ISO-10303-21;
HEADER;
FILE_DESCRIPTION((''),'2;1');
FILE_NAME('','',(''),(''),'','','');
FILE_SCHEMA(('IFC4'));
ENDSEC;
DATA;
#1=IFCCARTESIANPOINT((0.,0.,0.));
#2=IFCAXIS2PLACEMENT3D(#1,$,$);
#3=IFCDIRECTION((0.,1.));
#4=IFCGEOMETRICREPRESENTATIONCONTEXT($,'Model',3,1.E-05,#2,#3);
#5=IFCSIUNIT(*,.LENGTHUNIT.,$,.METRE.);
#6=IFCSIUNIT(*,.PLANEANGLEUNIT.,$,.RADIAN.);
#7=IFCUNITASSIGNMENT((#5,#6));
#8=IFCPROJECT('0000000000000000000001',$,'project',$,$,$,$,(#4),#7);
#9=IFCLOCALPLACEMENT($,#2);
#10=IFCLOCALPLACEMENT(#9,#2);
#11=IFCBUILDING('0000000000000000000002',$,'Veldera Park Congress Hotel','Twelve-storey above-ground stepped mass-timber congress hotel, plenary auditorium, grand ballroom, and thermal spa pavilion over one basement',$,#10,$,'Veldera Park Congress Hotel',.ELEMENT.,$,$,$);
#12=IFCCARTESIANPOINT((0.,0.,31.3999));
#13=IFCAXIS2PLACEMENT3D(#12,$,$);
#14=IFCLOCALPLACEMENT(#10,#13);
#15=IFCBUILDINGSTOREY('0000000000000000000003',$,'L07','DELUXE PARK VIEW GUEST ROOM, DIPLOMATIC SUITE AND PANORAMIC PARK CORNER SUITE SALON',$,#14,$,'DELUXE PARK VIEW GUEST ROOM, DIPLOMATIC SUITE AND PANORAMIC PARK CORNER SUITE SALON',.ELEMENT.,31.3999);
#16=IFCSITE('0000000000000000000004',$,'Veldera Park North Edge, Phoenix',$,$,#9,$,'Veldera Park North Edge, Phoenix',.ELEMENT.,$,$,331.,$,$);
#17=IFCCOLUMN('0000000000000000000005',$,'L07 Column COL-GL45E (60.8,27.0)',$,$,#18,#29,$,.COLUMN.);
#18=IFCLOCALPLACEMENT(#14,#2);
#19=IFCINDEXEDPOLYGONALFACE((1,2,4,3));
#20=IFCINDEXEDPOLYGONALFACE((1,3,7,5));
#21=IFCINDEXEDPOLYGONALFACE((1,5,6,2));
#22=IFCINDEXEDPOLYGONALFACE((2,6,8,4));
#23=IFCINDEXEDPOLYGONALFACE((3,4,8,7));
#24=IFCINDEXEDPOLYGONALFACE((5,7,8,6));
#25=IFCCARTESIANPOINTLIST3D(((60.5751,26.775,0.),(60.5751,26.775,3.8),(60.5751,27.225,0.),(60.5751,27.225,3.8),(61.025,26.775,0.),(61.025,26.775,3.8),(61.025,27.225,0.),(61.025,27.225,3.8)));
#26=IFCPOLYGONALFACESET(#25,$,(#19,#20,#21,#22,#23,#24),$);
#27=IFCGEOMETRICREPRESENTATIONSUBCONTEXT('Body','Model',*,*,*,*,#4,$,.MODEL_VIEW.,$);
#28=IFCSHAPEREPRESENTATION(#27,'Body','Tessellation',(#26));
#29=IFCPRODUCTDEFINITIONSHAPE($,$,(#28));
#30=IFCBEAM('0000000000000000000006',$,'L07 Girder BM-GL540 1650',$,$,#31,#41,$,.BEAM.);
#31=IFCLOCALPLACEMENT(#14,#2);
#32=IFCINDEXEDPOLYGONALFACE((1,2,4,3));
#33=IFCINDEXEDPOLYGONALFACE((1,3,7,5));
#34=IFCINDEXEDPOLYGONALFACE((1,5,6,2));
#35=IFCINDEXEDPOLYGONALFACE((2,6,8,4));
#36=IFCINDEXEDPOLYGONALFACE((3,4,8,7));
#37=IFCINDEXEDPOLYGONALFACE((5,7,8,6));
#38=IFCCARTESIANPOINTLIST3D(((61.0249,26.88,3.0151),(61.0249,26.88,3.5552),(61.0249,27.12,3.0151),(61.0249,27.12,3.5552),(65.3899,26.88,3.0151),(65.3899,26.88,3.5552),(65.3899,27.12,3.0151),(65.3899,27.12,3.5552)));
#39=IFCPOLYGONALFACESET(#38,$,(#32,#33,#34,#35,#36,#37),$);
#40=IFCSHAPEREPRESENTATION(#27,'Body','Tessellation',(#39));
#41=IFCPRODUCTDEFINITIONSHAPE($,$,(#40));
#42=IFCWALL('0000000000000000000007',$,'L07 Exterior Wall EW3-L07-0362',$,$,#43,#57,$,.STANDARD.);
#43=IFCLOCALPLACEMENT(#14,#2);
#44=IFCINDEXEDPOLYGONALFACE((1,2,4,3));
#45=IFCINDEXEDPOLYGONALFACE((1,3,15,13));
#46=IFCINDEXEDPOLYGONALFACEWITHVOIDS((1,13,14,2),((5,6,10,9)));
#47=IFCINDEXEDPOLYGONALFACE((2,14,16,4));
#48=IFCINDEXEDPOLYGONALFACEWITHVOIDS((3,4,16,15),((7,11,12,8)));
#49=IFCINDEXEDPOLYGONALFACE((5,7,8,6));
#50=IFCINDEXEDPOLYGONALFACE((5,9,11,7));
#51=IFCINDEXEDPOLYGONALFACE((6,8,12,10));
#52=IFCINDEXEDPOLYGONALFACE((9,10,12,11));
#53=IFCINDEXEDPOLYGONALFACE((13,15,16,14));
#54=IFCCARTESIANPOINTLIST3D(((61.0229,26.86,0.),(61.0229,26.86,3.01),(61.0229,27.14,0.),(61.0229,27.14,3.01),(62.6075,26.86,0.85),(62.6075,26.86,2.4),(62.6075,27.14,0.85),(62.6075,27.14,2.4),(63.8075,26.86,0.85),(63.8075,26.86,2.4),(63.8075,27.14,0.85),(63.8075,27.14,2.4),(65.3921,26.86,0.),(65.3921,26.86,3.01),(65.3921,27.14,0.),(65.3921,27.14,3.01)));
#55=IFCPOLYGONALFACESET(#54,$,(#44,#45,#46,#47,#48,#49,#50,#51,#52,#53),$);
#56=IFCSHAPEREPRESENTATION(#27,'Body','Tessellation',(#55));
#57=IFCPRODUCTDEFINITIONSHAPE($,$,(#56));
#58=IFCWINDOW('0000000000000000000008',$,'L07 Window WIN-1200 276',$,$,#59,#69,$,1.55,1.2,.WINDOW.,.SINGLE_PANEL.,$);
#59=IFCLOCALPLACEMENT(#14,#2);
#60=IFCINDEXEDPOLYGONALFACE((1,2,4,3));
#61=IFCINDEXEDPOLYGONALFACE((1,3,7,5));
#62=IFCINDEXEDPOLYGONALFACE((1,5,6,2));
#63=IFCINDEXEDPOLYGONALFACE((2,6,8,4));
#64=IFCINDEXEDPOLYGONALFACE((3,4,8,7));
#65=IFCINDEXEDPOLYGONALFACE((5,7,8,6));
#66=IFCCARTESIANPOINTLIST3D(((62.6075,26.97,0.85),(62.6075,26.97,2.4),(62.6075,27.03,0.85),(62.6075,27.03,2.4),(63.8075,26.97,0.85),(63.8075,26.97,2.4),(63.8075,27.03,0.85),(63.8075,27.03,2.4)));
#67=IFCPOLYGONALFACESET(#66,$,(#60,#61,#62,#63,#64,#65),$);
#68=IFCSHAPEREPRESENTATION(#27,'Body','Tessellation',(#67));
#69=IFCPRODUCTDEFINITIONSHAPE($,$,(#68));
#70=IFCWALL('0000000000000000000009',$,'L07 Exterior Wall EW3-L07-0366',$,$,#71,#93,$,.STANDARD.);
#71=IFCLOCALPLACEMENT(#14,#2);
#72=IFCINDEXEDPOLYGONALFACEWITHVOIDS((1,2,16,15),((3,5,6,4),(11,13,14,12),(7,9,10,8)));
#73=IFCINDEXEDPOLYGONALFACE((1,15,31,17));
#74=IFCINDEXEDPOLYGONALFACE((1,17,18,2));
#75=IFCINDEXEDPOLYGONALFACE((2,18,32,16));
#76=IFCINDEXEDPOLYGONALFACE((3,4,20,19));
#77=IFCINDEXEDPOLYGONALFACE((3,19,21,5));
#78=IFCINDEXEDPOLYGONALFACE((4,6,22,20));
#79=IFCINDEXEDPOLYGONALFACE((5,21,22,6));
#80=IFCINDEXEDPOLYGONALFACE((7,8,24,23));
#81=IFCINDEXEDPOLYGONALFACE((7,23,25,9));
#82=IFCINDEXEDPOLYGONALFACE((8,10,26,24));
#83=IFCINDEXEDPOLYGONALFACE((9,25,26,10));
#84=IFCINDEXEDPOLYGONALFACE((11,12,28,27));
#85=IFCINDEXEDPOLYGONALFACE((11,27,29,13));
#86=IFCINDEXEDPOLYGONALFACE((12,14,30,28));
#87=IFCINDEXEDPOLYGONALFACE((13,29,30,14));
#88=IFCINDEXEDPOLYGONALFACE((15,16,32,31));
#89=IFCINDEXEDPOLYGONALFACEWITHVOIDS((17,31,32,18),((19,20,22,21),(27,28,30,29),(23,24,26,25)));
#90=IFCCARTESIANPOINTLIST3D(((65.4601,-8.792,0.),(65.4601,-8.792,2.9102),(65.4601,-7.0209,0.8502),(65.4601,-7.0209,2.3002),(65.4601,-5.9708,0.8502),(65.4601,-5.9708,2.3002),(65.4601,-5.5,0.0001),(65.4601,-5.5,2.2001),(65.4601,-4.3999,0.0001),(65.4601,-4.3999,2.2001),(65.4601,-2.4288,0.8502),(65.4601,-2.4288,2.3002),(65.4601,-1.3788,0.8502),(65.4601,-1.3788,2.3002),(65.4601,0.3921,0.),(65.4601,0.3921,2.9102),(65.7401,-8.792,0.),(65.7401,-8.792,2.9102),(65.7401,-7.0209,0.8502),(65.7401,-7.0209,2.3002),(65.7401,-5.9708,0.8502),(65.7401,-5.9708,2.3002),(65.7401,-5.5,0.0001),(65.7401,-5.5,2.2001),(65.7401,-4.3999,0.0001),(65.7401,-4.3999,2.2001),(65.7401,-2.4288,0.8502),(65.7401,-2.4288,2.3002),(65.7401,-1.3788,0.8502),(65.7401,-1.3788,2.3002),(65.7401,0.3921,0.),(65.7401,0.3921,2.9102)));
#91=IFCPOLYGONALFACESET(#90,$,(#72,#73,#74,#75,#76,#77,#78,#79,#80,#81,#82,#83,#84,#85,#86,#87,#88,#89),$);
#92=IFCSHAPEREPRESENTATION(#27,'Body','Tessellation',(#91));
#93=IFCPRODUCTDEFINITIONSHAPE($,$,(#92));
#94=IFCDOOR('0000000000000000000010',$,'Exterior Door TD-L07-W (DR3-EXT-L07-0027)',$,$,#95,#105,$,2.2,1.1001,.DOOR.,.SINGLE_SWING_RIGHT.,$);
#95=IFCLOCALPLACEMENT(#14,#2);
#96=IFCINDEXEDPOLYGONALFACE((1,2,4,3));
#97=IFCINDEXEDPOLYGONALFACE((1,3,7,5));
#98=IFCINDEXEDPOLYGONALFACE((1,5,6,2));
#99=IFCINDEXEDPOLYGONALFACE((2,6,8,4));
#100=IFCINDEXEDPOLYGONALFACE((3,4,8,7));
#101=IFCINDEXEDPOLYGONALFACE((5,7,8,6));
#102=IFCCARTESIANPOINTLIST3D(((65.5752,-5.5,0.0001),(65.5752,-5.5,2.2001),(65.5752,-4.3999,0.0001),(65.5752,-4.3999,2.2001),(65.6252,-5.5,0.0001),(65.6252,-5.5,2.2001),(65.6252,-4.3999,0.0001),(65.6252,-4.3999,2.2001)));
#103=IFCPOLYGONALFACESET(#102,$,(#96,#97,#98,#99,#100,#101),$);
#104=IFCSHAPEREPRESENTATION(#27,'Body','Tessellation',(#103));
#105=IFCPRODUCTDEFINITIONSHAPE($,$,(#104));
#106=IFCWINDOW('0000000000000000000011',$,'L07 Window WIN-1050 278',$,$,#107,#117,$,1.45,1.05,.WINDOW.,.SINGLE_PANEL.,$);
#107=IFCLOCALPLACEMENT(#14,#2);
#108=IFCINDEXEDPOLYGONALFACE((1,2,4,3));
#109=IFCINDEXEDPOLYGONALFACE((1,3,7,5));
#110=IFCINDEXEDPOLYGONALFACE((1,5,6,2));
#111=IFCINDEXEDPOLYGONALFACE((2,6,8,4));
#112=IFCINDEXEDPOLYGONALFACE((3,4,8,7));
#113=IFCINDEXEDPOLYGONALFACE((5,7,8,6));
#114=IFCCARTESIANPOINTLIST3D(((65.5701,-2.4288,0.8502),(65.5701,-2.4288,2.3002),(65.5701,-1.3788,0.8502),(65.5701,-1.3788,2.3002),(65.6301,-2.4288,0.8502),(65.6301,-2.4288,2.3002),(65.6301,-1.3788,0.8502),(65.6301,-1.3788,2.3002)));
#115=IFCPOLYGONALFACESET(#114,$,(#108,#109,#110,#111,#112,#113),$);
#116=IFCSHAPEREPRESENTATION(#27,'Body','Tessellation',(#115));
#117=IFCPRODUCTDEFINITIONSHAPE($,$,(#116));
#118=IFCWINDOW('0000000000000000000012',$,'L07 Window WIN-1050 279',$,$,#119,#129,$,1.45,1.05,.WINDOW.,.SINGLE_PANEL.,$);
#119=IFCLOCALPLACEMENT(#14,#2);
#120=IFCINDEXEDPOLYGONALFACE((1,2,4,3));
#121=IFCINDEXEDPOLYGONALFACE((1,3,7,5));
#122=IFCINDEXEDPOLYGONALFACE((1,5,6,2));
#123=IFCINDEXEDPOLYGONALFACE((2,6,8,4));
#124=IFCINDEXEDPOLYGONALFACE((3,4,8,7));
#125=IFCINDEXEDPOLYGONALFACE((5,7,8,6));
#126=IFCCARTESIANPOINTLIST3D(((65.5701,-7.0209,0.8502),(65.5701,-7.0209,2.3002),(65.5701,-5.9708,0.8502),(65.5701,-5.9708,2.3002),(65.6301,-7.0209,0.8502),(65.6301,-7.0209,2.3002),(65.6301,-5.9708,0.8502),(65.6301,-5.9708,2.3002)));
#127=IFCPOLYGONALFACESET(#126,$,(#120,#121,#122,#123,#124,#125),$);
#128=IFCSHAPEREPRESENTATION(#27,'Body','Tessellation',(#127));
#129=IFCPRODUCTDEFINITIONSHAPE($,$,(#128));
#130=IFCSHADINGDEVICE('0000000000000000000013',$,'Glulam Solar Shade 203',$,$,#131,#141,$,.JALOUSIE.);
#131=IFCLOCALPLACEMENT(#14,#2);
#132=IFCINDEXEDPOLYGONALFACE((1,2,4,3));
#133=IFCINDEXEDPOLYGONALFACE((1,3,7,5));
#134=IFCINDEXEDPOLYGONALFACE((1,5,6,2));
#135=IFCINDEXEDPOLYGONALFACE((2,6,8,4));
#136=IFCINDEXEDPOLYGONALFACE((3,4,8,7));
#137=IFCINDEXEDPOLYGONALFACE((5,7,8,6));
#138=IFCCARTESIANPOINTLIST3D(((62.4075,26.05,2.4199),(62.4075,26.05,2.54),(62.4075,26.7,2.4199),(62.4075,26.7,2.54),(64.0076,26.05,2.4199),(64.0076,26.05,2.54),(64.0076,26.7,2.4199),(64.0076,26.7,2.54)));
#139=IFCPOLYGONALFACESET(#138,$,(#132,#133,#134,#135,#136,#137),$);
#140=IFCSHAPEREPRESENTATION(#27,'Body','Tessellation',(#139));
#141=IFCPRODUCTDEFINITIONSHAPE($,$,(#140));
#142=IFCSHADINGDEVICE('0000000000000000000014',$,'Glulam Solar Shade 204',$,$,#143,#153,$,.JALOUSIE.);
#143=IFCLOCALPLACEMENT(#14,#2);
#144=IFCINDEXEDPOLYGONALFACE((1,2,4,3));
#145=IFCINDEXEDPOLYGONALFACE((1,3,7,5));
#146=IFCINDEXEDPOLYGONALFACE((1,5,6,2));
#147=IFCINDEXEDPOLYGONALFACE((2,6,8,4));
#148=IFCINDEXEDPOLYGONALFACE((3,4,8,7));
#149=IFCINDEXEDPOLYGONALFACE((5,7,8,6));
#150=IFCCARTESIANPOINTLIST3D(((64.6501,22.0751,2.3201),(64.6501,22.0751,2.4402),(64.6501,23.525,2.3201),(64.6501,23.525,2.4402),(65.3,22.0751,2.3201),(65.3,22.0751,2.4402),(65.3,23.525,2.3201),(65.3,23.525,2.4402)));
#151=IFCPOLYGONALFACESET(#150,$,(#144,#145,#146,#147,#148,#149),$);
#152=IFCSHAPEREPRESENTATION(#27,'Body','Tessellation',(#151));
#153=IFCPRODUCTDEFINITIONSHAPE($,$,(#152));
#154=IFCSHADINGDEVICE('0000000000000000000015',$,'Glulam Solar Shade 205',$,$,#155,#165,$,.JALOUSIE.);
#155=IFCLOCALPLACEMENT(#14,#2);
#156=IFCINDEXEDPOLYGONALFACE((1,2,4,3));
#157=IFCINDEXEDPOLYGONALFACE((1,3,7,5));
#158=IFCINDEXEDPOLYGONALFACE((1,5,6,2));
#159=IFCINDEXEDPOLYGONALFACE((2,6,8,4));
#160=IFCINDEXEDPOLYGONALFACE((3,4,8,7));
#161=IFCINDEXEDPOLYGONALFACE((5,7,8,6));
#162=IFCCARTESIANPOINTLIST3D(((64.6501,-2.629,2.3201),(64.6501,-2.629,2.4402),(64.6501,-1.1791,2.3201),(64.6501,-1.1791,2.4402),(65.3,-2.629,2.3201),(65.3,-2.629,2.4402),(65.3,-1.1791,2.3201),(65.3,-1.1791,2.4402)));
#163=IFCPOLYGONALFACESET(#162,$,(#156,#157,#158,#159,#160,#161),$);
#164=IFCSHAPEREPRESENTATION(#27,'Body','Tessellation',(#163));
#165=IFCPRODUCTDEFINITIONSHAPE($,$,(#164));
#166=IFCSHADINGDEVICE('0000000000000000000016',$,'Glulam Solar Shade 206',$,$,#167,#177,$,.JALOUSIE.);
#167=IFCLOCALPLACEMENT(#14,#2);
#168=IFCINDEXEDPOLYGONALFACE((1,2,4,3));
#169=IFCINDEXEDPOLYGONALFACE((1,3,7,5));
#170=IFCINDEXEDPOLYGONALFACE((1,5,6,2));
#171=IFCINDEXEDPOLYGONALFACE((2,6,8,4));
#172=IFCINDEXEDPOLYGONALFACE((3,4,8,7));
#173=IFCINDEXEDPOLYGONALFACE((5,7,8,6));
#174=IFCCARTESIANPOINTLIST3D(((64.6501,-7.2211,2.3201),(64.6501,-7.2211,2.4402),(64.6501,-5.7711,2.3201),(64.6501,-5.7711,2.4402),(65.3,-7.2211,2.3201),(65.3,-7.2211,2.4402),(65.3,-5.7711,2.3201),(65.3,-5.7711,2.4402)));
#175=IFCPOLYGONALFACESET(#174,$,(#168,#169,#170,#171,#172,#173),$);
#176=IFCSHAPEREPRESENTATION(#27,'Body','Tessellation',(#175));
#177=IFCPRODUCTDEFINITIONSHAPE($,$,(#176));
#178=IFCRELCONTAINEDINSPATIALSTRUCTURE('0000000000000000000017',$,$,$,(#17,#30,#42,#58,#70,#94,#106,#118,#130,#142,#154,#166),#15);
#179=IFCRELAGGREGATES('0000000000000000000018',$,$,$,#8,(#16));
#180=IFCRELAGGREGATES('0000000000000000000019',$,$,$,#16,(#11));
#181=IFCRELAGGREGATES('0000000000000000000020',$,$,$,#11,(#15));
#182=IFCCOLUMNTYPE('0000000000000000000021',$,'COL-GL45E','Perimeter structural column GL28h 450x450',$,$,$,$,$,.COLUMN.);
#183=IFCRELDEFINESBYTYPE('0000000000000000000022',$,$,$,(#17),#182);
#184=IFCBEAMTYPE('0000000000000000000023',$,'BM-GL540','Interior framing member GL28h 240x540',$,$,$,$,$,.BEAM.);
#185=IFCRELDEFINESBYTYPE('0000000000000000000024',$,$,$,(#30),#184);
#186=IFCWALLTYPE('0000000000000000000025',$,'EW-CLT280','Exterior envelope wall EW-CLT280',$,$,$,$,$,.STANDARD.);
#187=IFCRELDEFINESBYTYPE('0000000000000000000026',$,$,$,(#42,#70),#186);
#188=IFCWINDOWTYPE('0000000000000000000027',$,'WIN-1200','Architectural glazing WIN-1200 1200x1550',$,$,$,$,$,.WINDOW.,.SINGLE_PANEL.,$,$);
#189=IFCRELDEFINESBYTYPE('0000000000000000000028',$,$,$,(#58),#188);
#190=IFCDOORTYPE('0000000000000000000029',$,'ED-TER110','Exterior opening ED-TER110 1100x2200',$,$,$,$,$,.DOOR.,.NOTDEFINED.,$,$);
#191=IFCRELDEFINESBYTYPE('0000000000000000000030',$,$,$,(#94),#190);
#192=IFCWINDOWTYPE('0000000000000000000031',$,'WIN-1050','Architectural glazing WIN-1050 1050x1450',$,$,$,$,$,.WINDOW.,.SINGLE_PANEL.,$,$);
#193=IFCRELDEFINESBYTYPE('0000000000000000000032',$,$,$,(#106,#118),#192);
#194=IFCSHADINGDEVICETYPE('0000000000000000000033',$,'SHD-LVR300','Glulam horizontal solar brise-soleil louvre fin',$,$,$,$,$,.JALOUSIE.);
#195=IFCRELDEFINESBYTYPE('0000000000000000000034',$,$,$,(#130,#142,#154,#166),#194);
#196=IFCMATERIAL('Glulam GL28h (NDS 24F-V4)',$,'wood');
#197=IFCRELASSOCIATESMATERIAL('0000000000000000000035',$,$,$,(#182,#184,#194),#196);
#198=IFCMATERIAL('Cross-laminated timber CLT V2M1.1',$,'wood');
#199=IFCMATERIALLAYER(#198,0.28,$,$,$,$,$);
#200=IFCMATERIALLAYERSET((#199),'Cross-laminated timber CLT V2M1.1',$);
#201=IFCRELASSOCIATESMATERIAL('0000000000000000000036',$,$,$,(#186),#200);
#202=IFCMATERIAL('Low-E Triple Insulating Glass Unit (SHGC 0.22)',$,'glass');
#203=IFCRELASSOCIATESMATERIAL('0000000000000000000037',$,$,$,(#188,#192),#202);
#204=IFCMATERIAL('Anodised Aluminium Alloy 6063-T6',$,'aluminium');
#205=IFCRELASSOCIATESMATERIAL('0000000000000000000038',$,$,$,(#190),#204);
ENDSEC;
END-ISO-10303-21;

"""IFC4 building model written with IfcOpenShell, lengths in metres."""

from ifc_helpers import new_model, si_unit, direction, frame, frame_2d, origin, origin_2d, place, context, subcontext, project, spatial, rectangle, extrude, material, layer, layer_set, material_profile, profile_set, type_object, element, fill, save


model = new_model("IFC4")

# Units and contexts
model_context = context("Model", 3, precision=1e-05, world=origin(), true_north=direction((0.0, 1.0)))
body_context = subcontext(model_context, "Body", "Model", "MODEL_VIEW")
ifc_project = project(units=[si_unit("LENGTHUNIT", "METRE"), si_unit("PLANEANGLEUNIT", "RADIAN")], contexts=[model_context])

# Site, building, storey
site_placement = place(None, origin())
site = spatial("IfcSite", under=ifc_project, at=site_placement, Name="Veldera Park North Edge, Phoenix", LongName="Veldera Park North Edge, Phoenix", CompositionType="ELEMENT", RefElevation=331.0)
building_placement = place(site_placement, origin())
building = spatial("IfcBuilding", under=site, at=building_placement, Name="Veldera Park Congress Hotel", Description="Twelve-storey above-ground stepped mass-timber congress hotel, plenary auditorium, grand ballroom, and thermal spa pavilion over one basement", LongName="Veldera Park Congress Hotel", CompositionType="ELEMENT")
storey_placement = place(building_placement, frame((0.0, 0.0, 31.3999)))
storey = spatial("IfcBuildingStorey", under=building, at=storey_placement, Name="L07", Description="DELUXE PARK VIEW GUEST ROOM, DIPLOMATIC SUITE AND PANORAMIC PARK CORNER SUITE SALON", LongName="DELUXE PARK VIEW GUEST ROOM, DIPLOMATIC SUITE AND PANORAMIC PARK CORNER SUITE SALON", CompositionType="ELEMENT", Elevation=31.3999)

# Column
ifc_material_1 = material(Name="Glulam GL28h (NDS 24F-V4)", Category="wood")
ifc_material_profile_1 = material_profile(ifc_material_1, rectangle(XDim=0.45, YDim=0.45, at=origin_2d()), Name="GL28h 450x450")
ifc_profile_set_1 = profile_set([ifc_material_profile_1], Name="Glulam GL28h (NDS 24F-V4)")
column_type = type_object("IfcColumnType", Name="COL-GL45E", Description="Perimeter structural column GL28h 450x450", PredefinedType="COLUMN", material=ifc_profile_set_1)
column_placement = place(storey_placement, frame((60.8, 27.0, 0.0), z_axis=(0.0, 0.0, 1.0), x_axis=(1.0, 0.0, 0.0)))
element("IfcColumn", 1, at=column_placement, inside=storey, type_object=column_type, Name="L07 Column COL-GL45E (60.8,27.0)", PredefinedType="COLUMN", context=body_context, shape_type="SweptSolid", body=[
    extrude(rectangle(XDim=0.45, YDim=0.45, at=origin_2d()), origin(), (0.0, 0.0, 1.0), 3.8),
])

# Beam
ifc_material_profile_2 = material_profile(ifc_material_1, rectangle(XDim=0.24, YDim=0.54, at=origin_2d()), Name="GL28h 240x540")
ifc_profile_set_2 = profile_set([ifc_material_profile_2], Name="Glulam GL28h (NDS 24F-V4)")
beam_type = type_object("IfcBeamType", Name="BM-GL540", Description="Interior framing member GL28h 240x540", PredefinedType="BEAM", material=ifc_profile_set_2)
beam_placement = place(storey_placement, frame((61.0249, 27.0, 3.2852), z_axis=(1.0, 0.0, 0.0), x_axis=(0.0, 1.0, 0.0)))
element("IfcBeam", 2, at=beam_placement, inside=storey, type_object=beam_type, Name="L07 Girder BM-GL540 1650", PredefinedType="BEAM", context=body_context, shape_type="SweptSolid", body=[
    extrude(rectangle(XDim=0.24, YDim=0.54, at=origin_2d()), origin(), (0.0, 0.0, 1.0), 4.365),
])

# Wall, opening, window
ifc_material_2 = material(Name="Cross-laminated timber CLT V2M1.1", Category="wood")
ifc_layer = layer(ifc_material_2, 0.28)
ifc_layer_set = layer_set([ifc_layer], Name="Cross-laminated timber CLT V2M1.1")
wall_type = type_object("IfcWallType", Name="EW-CLT280", Description="Exterior envelope wall EW-CLT280", PredefinedType="STANDARD", material=ifc_layer_set)
wall_1_placement = place(storey_placement, frame((61.0229, 27.0, 0.0), z_axis=(0.0, 0.0, 1.0), x_axis=(1.0, 0.0, 0.0)))
wall_1 = element("IfcWall", 3, at=wall_1_placement, inside=storey, type_object=wall_type, Name="L07 Exterior Wall EW3-L07-0362", PredefinedType="STANDARD", context=body_context, shape_type="SweptSolid", body=[
    extrude(rectangle(XDim=4.3691, YDim=0.28, at=frame_2d((2.1846, 0.0))), origin(), (0.0, 0.0, 1.0), 3.01),
])
opening_1_placement = place(wall_1_placement, frame((1.5845, 0.0, 0.8501)))
opening_1 = element("IfcOpeningElement", 4, at=opening_1_placement, cuts=wall_1, PredefinedType="OPENING", context=body_context, shape_type="SweptSolid", body=[
    extrude(rectangle(XDim=1.2, YDim=1.55, at=frame_2d((0.6001, 0.7749))), frame((0.0, 0.1521, 0.0), z_axis=(0.0, -1.0, 0.0), x_axis=(1.0, 0.0, 0.0)), (0.0, 0.0, 1.0), 0.304),
])
ifc_material_3 = material(Name="Low-E Triple Insulating Glass Unit (SHGC 0.22)", Category="glass")
window_type_1 = type_object("IfcWindowType", Name="WIN-1200", Description="Architectural glazing WIN-1200 1200x1550", PartitioningType="SINGLE_PANEL", PredefinedType="WINDOW", material=ifc_material_3)
window_1_placement = place(opening_1_placement, origin())
window_1 = element("IfcWindow", 5, at=window_1_placement, inside=storey, type_object=window_type_1, Name="L07 Window WIN-1200 276", OverallHeight=1.55, OverallWidth=1.2, PartitioningType="SINGLE_PANEL", PredefinedType="WINDOW", context=body_context, shape_type="SweptSolid", body=[
    extrude(rectangle(XDim=1.2, YDim=1.55, at=frame_2d((0.6001, 0.7749))), frame((0.0, 0.03, 0.0), z_axis=(0.0, -1.0, 0.0), x_axis=(1.0, 0.0, 0.0)), (0.0, 0.0, 1.0), 0.0601),
])
fill(opening_1, window_1)

# Wall, openings, door, windows
wall_2_placement = place(storey_placement, frame((65.6001, 0.3921, 0.0), z_axis=(0.0, 0.0, 1.0), x_axis=(0.0, -1.0, 0.0)))
wall_2 = element("IfcWall", 6, at=wall_2_placement, inside=storey, type_object=wall_type, Name="L07 Exterior Wall EW3-L07-0366", PredefinedType="STANDARD", context=body_context, shape_type="SweptSolid", body=[
    extrude(rectangle(XDim=9.1841, YDim=0.28, at=frame_2d((4.592, 0.0))), origin(), (0.0, 0.0, 1.0), 2.9102),
])
opening_2_placement = place(wall_2_placement, frame((4.792, 0.0, 0.0)))
opening_2 = element("IfcOpeningElement", 7, at=opening_2_placement, cuts=wall_2, PredefinedType="OPENING", context=body_context, shape_type="SweptSolid", body=[
    extrude(rectangle(XDim=1.1001, YDim=2.2, at=frame_2d((0.55, 1.1001))), frame((0.0, 0.1521, 0.0), z_axis=(0.0, -1.0, 0.0), x_axis=(1.0, 0.0, 0.0)), (0.0, 0.0, 1.0), 0.304),
])
opening_3_placement = place(wall_2_placement, frame((1.771, 0.0, 0.8501)))
opening_3 = element("IfcOpeningElement", 8, at=opening_3_placement, cuts=wall_2, PredefinedType="OPENING", context=body_context, shape_type="SweptSolid", body=[
    extrude(rectangle(XDim=1.05, YDim=1.45, at=frame_2d((0.5249, 0.7251))), frame((0.0, 0.1521, 0.0), z_axis=(0.0, -1.0, 0.0), x_axis=(1.0, 0.0, 0.0)), (0.0, 0.0, 1.0), 0.304),
])
opening_4_placement = place(wall_2_placement, frame((6.363, 0.0, 0.8501)))
opening_4 = element("IfcOpeningElement", 9, at=opening_4_placement, cuts=wall_2, PredefinedType="OPENING", context=body_context, shape_type="SweptSolid", body=[
    extrude(rectangle(XDim=1.05, YDim=1.45, at=frame_2d((0.5249, 0.7251))), frame((0.0, 0.1521, 0.0), z_axis=(0.0, -1.0, 0.0), x_axis=(1.0, 0.0, 0.0)), (0.0, 0.0, 1.0), 0.304),
])
ifc_material_4 = material(Name="Anodised Aluminium Alloy 6063-T6", Category="aluminium")
door_type = type_object("IfcDoorType", Name="ED-TER110", Description="Exterior opening ED-TER110 1100x2200", OperationType="NOTDEFINED", PredefinedType="DOOR", material=ifc_material_4)
door_placement = place(opening_2_placement, frame((1.1001, 0.0, 0.0), z_axis=(0.0, 0.0, 1.0), x_axis=(-1.0, 0.0, 0.0)))
door = element("IfcDoor", 10, at=door_placement, inside=storey, type_object=door_type, Name="Exterior Door TD-L07-W (DR3-EXT-L07-0027)", OperationType="SINGLE_SWING_RIGHT", OverallHeight=2.2, OverallWidth=1.1001, PredefinedType="DOOR", context=body_context, shape_type="SweptSolid", body=[
    extrude(rectangle(XDim=1.1001, YDim=2.2, at=frame_2d((0.55, 1.1001))), frame((0.0, 0.0249, 0.0), z_axis=(0.0, -1.0, 0.0), x_axis=(1.0, 0.0, 0.0)), (0.0, 0.0, 1.0), 0.05),
])
fill(opening_2, door)
window_type_2 = type_object("IfcWindowType", Name="WIN-1050", Description="Architectural glazing WIN-1050 1050x1450", PartitioningType="SINGLE_PANEL", PredefinedType="WINDOW", material=ifc_material_3)
window_2_placement = place(opening_3_placement, origin())
window_2 = element("IfcWindow", 11, at=window_2_placement, inside=storey, type_object=window_type_2, Name="L07 Window WIN-1050 278", OverallHeight=1.45, OverallWidth=1.05, PartitioningType="SINGLE_PANEL", PredefinedType="WINDOW", context=body_context, shape_type="SweptSolid", body=[
    extrude(rectangle(XDim=1.05, YDim=1.45, at=frame_2d((0.5249, 0.7251))), frame((0.0, 0.03, 0.0), z_axis=(0.0, -1.0, 0.0), x_axis=(1.0, 0.0, 0.0)), (0.0, 0.0, 1.0), 0.0601),
])
fill(opening_3, window_2)
window_3_placement = place(opening_4_placement, origin())
window_3 = element("IfcWindow", 12, at=window_3_placement, inside=storey, type_object=window_type_2, Name="L07 Window WIN-1050 279", OverallHeight=1.45, OverallWidth=1.05, PartitioningType="SINGLE_PANEL", PredefinedType="WINDOW", context=body_context, shape_type="SweptSolid", body=[
    extrude(rectangle(XDim=1.05, YDim=1.45, at=frame_2d((0.5249, 0.7251))), frame((0.0, 0.03, 0.0), z_axis=(0.0, -1.0, 0.0), x_axis=(1.0, 0.0, 0.0)), (0.0, 0.0, 1.0), 0.0601),
])
fill(opening_4, window_3)

# Shading devices
shading_device_type = type_object("IfcShadingDeviceType", Name="SHD-LVR300", Description="Glulam horizontal solar brise-soleil louvre fin", PredefinedType="JALOUSIE", material=ifc_material_1)
shading_device_placement = place(storey_placement, frame((63.2075, 26.375, 2.4199), z_axis=(0.0, 0.0, 1.0), x_axis=(1.0, 0.0, 0.0)))
element("IfcShadingDevice", 13, at=shading_device_placement, inside=storey, type_object=shading_device_type, Name="Glulam Solar Shade 203", PredefinedType="JALOUSIE", context=body_context, shape_type="SweptSolid", body=[
    extrude(rectangle(XDim=1.6001, YDim=0.6499, at=origin_2d()), origin(), (0.0, 0.0, 1.0), 0.1201),
])
for number, where, z_axis, x_axis, name in (
    (14, (64.9751, 22.8, 2.3201), (0.0, 0.0, 1.0), (0.0, -1.0, 0.0), "Glulam Solar Shade 204"),
    (15, (64.9751, -1.9041, 2.3201), (0.0, 0.0, 1.0), (0.0, -1.0, 0.0), "Glulam Solar Shade 205"),
    (16, (64.9751, -6.4961, 2.3201), (0.0, 0.0, 1.0), (0.0, -1.0, 0.0), "Glulam Solar Shade 206"),
):
    element("IfcShadingDevice", number, at=place(storey_placement, frame(where, z_axis=z_axis, x_axis=x_axis)), inside=storey, type_object=shading_device_type, Name=name, PredefinedType="JALOUSIE", context=body_context, shape_type="SweptSolid", body=[
        extrude(rectangle(XDim=1.45, YDim=0.6499, at=origin_2d()), origin(), (0.0, 0.0, 1.0), 0.1201),
    ])

save(model, "model.ifc")
